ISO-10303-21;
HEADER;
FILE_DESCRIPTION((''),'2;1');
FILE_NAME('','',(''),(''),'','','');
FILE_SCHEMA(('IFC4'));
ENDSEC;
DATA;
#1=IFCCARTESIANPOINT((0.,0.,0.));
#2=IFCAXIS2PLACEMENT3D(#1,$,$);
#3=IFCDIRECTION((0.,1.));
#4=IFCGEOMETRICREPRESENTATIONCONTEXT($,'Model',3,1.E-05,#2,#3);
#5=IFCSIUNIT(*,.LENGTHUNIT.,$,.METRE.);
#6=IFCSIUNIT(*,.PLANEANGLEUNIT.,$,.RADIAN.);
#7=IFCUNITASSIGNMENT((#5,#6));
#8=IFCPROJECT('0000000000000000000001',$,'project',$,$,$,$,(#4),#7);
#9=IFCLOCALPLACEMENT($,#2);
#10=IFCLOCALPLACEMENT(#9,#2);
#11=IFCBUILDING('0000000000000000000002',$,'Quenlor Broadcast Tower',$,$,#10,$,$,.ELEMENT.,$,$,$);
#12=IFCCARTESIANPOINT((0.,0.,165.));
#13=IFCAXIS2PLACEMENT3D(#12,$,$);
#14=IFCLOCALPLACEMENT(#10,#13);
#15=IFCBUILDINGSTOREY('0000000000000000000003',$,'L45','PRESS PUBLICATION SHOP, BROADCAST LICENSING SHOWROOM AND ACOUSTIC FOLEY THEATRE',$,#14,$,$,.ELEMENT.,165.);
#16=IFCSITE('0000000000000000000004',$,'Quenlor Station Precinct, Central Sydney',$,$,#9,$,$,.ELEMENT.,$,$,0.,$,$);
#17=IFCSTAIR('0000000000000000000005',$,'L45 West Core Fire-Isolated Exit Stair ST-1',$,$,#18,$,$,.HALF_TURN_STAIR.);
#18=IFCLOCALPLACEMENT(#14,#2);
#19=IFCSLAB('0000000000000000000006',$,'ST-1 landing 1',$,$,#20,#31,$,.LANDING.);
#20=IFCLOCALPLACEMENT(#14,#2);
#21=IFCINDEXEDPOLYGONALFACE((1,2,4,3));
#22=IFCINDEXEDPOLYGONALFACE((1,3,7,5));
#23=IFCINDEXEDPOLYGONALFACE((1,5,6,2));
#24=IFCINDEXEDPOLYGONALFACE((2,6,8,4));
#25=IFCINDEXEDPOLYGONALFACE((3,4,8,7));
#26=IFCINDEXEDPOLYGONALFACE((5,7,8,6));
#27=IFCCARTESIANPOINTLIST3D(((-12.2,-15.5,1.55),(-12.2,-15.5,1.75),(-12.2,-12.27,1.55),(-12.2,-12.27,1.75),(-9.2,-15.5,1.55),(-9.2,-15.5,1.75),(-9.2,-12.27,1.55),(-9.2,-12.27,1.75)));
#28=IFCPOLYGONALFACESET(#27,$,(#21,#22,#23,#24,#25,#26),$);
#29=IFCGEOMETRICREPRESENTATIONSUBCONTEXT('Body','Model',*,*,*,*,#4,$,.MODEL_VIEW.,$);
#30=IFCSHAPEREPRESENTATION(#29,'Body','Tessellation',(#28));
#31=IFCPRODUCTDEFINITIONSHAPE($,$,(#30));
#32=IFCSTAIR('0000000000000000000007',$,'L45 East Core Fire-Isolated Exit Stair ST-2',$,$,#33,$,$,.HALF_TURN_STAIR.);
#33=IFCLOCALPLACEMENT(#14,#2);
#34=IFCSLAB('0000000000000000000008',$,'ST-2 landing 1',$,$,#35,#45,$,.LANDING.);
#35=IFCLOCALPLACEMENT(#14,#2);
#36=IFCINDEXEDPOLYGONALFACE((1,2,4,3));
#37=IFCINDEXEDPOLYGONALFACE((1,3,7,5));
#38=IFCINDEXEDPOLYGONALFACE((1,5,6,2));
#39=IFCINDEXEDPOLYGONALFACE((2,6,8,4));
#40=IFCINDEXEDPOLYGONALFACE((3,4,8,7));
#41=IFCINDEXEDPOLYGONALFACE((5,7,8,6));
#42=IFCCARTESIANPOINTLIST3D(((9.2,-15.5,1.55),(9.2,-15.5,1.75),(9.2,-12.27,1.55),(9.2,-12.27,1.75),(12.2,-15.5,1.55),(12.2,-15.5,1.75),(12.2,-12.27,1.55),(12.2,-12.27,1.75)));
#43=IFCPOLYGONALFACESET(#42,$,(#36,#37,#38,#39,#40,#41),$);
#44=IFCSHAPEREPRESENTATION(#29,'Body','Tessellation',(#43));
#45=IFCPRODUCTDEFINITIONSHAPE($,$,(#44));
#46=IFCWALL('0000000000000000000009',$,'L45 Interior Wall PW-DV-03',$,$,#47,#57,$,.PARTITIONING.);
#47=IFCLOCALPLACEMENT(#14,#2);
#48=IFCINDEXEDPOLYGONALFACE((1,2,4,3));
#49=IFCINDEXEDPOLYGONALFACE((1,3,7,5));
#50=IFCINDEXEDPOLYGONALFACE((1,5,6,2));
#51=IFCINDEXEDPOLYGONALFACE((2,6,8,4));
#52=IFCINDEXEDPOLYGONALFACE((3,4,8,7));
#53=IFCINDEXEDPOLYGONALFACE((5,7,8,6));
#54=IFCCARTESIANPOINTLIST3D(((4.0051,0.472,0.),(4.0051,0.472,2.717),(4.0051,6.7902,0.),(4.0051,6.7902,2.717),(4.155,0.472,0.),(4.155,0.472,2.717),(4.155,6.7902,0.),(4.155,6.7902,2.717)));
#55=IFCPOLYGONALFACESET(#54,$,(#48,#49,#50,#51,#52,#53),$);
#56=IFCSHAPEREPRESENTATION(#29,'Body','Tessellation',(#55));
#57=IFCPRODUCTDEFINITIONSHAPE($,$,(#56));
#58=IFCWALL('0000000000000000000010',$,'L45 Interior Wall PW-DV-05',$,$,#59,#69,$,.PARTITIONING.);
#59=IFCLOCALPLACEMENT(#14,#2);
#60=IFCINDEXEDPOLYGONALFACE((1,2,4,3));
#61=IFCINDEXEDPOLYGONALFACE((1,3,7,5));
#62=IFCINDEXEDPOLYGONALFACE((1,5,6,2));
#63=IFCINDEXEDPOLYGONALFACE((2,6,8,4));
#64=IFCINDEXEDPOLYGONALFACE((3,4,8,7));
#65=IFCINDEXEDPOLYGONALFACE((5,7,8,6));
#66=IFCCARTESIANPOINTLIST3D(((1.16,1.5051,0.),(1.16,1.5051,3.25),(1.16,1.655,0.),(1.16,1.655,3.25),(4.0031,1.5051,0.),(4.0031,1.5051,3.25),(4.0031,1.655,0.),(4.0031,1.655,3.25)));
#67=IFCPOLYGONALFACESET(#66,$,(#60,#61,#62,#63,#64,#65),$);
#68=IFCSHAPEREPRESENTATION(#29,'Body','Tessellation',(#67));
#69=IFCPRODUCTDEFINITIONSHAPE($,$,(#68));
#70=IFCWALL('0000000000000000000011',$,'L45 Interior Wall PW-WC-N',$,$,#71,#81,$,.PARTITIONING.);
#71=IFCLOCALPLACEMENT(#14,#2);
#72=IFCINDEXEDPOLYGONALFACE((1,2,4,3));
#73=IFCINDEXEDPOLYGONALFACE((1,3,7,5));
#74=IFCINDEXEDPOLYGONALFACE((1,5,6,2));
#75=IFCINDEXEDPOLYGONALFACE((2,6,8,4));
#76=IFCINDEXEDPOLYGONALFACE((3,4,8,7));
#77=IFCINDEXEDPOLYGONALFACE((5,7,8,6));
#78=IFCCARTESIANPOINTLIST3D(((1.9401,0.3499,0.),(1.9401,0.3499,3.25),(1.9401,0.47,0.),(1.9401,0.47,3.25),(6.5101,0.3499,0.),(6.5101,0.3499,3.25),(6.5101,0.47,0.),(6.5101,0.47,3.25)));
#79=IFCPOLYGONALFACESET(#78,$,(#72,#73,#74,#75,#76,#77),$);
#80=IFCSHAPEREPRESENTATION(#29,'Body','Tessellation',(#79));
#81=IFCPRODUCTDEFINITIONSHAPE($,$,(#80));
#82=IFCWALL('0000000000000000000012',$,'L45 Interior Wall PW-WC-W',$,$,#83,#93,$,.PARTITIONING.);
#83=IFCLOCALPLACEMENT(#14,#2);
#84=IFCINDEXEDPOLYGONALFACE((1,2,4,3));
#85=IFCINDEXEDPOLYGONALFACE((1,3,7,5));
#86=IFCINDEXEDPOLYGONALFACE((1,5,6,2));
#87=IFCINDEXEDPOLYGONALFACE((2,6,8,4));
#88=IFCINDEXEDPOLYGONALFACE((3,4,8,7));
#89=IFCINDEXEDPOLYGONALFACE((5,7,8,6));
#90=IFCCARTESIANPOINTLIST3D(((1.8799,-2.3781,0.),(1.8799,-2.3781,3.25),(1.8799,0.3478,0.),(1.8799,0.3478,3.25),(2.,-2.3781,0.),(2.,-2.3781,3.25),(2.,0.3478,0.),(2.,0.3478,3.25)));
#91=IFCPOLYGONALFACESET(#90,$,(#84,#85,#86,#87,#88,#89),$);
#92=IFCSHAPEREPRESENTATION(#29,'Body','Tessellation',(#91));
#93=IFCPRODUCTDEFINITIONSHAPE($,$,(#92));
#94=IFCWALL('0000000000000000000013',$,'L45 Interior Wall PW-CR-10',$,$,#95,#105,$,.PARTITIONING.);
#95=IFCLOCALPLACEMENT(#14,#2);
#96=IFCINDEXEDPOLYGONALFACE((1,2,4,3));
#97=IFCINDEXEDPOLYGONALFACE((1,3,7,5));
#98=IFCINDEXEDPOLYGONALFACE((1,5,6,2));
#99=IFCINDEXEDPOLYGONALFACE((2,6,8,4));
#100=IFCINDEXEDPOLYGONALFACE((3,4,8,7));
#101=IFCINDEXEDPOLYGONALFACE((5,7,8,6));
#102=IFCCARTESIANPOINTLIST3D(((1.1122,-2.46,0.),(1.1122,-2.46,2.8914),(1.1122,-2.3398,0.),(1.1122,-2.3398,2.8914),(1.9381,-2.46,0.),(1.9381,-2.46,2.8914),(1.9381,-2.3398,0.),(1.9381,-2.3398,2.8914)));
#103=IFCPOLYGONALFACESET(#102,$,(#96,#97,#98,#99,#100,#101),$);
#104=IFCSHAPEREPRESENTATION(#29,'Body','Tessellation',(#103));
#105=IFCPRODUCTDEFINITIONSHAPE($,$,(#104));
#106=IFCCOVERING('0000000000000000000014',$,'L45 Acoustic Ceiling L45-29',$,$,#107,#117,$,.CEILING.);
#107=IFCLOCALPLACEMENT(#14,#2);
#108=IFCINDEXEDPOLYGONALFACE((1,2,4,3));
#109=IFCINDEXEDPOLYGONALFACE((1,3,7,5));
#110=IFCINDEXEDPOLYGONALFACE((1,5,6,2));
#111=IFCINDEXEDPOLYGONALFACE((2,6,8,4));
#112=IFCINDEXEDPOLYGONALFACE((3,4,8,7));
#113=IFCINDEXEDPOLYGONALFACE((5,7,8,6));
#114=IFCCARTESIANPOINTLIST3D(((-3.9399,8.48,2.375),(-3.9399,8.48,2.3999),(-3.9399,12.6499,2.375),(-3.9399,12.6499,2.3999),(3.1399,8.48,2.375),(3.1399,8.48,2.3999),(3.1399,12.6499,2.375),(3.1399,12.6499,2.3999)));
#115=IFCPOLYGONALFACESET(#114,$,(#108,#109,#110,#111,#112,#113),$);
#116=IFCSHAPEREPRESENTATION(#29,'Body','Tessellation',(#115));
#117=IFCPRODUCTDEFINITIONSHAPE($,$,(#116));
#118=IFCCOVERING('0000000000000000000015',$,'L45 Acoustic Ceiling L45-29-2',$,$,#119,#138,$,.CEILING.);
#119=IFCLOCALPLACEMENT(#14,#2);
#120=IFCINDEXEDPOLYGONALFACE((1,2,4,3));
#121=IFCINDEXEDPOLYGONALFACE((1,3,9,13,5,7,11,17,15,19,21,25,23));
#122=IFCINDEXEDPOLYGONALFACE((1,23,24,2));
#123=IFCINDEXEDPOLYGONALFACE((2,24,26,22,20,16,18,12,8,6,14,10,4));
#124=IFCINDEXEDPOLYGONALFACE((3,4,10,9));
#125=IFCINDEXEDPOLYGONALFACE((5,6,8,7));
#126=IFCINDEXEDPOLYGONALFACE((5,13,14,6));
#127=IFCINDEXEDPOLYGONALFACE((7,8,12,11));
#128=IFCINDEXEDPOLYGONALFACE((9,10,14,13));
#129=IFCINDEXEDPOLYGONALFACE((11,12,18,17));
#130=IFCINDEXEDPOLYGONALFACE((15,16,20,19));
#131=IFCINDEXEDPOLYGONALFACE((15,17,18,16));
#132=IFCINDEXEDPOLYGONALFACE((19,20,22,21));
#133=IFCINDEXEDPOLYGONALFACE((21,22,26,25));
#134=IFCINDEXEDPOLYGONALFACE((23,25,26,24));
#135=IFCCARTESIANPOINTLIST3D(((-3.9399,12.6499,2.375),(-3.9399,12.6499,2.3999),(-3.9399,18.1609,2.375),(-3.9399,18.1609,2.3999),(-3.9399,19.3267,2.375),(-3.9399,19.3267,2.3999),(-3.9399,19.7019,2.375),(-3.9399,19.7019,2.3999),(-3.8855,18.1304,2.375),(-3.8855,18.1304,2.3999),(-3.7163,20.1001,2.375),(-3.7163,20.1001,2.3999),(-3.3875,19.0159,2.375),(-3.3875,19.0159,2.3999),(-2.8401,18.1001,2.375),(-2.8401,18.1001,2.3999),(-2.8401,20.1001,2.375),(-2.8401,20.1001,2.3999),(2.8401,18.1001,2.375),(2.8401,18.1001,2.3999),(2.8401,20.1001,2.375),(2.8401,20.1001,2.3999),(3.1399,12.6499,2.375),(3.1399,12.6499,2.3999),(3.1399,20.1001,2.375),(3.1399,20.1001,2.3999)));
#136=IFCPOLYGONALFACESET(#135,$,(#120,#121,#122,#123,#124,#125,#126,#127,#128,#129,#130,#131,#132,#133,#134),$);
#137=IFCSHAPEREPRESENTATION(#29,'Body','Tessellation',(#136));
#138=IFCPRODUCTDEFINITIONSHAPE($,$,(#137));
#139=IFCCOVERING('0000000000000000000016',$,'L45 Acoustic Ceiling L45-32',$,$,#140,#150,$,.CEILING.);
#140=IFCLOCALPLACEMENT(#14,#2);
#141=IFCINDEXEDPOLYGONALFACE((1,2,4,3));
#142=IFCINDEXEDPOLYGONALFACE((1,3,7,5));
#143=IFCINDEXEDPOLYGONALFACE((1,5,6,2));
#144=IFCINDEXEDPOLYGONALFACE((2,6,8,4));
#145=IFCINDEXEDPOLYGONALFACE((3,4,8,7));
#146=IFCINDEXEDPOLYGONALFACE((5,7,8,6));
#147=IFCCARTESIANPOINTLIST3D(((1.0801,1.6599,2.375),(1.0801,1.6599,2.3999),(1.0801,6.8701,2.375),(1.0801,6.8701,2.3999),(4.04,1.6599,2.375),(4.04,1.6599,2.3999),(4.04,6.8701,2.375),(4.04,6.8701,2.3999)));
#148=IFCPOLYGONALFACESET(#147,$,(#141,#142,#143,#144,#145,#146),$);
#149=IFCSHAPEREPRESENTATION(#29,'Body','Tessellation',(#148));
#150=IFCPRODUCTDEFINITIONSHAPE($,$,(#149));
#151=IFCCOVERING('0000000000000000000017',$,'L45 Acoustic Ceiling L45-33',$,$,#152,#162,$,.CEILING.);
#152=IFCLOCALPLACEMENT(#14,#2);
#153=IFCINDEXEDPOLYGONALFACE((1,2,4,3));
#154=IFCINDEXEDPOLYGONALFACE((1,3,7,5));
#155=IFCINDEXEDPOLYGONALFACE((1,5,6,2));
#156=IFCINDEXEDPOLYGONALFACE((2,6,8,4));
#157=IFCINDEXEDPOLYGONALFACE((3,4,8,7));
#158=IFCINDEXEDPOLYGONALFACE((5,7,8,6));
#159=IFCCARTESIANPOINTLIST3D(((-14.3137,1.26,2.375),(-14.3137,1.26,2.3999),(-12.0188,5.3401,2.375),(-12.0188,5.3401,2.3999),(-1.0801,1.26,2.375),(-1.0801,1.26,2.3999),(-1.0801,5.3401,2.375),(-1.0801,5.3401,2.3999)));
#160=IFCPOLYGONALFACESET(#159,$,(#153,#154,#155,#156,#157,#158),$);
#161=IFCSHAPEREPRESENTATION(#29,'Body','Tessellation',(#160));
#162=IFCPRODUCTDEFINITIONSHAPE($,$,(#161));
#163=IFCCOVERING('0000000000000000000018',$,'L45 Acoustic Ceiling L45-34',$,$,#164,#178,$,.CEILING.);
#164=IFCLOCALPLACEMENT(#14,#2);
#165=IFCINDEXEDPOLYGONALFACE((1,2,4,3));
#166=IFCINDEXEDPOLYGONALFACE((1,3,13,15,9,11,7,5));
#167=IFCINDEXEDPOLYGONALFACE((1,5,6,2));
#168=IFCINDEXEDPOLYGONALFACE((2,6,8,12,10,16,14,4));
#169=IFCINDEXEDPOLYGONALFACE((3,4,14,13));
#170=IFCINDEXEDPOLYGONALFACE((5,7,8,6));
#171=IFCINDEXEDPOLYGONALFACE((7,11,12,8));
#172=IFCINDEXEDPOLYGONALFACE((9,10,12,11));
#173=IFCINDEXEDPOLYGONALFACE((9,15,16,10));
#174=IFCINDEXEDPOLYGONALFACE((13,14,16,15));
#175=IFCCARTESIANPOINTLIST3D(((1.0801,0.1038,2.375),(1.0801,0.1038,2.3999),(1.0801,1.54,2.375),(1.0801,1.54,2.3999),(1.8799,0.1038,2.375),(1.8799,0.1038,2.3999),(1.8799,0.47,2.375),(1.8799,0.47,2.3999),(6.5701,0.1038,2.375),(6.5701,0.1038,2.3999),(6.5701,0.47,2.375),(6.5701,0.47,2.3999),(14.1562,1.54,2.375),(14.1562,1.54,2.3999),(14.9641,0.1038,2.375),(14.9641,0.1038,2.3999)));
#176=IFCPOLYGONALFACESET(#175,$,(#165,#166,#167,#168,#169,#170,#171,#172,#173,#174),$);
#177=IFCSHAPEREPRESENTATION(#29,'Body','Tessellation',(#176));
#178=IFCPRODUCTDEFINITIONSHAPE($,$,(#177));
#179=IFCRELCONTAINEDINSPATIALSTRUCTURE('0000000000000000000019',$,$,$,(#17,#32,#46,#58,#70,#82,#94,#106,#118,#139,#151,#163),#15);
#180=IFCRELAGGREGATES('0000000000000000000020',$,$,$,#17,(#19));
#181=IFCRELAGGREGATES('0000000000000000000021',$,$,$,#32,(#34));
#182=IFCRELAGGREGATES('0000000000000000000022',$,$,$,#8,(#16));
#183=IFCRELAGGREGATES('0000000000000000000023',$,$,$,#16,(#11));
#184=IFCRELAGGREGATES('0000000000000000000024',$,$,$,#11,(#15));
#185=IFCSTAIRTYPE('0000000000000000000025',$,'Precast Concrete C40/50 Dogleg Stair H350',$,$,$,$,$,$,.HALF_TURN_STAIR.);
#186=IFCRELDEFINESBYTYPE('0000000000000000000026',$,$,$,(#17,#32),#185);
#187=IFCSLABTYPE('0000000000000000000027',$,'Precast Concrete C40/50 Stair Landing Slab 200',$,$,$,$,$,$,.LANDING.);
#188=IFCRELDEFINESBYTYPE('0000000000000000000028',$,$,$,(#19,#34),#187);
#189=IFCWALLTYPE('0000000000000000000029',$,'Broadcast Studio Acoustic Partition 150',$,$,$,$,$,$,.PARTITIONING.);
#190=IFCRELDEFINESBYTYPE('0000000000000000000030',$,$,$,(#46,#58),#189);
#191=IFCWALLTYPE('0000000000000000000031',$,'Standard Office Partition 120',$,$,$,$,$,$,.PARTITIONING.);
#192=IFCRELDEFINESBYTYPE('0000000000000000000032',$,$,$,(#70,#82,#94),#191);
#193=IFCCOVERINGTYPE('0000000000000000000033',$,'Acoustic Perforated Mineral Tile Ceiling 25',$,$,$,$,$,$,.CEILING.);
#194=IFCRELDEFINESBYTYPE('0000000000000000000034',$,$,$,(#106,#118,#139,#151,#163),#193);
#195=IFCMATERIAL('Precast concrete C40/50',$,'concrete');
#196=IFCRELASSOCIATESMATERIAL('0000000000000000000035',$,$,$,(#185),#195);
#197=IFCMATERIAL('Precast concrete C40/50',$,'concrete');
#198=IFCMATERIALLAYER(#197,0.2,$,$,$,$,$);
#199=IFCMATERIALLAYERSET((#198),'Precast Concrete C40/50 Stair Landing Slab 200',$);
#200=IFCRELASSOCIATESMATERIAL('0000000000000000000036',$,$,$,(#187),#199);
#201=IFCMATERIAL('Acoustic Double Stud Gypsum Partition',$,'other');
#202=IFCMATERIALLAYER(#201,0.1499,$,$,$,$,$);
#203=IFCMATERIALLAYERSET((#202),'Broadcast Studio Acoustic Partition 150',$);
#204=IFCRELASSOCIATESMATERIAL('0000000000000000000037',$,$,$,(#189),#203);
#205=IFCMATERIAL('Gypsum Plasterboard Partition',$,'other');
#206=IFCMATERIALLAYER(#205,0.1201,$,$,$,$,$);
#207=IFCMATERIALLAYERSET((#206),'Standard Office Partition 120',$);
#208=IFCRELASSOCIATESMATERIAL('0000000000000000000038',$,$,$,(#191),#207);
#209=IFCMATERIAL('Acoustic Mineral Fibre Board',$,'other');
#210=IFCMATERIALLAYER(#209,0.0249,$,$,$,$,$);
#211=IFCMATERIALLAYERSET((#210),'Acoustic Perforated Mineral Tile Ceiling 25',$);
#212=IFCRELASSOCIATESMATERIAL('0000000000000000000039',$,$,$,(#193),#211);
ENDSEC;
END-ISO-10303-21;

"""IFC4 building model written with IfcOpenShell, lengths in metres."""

from ifc_helpers import new_model, si_unit, direction, frame, frame_2d, origin, place, context, subcontext, project, spatial, polyline, rectangle, outline, extrude, material, layer, layer_set, type_object, element, aggregate, save


model = new_model("IFC4")

# Units and contexts
model_context = context("Model", 3, precision=1e-05, world=origin(), true_north=direction((0.0, 1.0)))
body_context = subcontext(model_context, "Body", "Model", "MODEL_VIEW")
ifc_project = project(units=[si_unit("LENGTHUNIT", "METRE"), si_unit("PLANEANGLEUNIT", "RADIAN")], contexts=[model_context])

# Site, building, storey
site_placement = place(None, origin())
site = spatial("IfcSite", under=ifc_project, at=site_placement, Name="Quenlor Station Precinct, Central Sydney", CompositionType="ELEMENT", RefElevation=0.0)
building_placement = place(site_placement, origin())
building = spatial("IfcBuilding", under=site, at=building_placement, Name="Quenlor Broadcast Tower", CompositionType="ELEMENT")
storey_placement = place(building_placement, frame((0.0, 0.0, 165.0)))
storey = spatial("IfcBuildingStorey", under=building, at=storey_placement, Name="L45", Description="PRESS PUBLICATION SHOP, BROADCAST LICENSING SHOWROOM AND ACOUSTIC FOLEY THEATRE", CompositionType="ELEMENT", Elevation=165.0)

# Stairs, slabs
ifc_material_1 = material(Name="Precast concrete C40/50", Category="concrete")
stair_type = type_object("IfcStairType", Name="Precast Concrete C40/50 Dogleg Stair H350", PredefinedType="HALF_TURN_STAIR", material=ifc_material_1)
stair_1_placement = place(storey_placement, origin())
stair_1 = element("IfcStair", 1, at=stair_1_placement, inside=storey, type_object=stair_type, Name="L45 West Core Fire-Isolated Exit Stair ST-1", PredefinedType="HALF_TURN_STAIR")
ifc_material_2 = material(Name="Precast concrete C40/50", Category="concrete")
ifc_layer_1 = layer(ifc_material_2, 0.2)
ifc_layer_set_1 = layer_set([ifc_layer_1], Name="Precast Concrete C40/50 Stair Landing Slab 200")
slab_type = type_object("IfcSlabType", Name="Precast Concrete C40/50 Stair Landing Slab 200", PredefinedType="LANDING", material=ifc_layer_set_1)
slab_1_placement = place(storey_placement, frame((0.0, 0.0, 1.55)))
slab_1 = element("IfcSlab", 2, at=slab_1_placement, type_object=slab_type, Name="ST-1 landing 1", PredefinedType="LANDING", context=body_context, shape_type="SweptSolid", body=[
    extrude(outline(polyline([(-12.2, -12.27), (-12.2, -15.5), (-9.2, -15.5), (-9.2, -12.27), (-12.2, -12.27)])), origin(), (0.0, 0.0, 1.0), 0.2),
])
aggregate(stair_1, [slab_1])
stair_2_placement = place(storey_placement, origin())
stair_2 = element("IfcStair", 3, at=stair_2_placement, inside=storey, type_object=stair_type, Name="L45 East Core Fire-Isolated Exit Stair ST-2", PredefinedType="HALF_TURN_STAIR")
slab_2_placement = place(storey_placement, frame((0.0, 0.0, 1.55)))
slab_2 = element("IfcSlab", 4, at=slab_2_placement, type_object=slab_type, Name="ST-2 landing 1", PredefinedType="LANDING", context=body_context, shape_type="SweptSolid", body=[
    extrude(outline(polyline([(9.2, -12.27), (9.2, -15.5), (12.2, -15.5), (12.2, -12.27), (9.2, -12.27)])), origin(), (0.0, 0.0, 1.0), 0.2),
])
aggregate(stair_2, [slab_2])

# Walls
ifc_material_3 = material(Name="Acoustic Double Stud Gypsum Partition", Category="other")
ifc_layer_2 = layer(ifc_material_3, 0.1499)
ifc_layer_set_2 = layer_set([ifc_layer_2], Name="Broadcast Studio Acoustic Partition 150")
wall_type_1 = type_object("IfcWallType", Name="Broadcast Studio Acoustic Partition 150", PredefinedType="PARTITIONING", material=ifc_layer_set_2)
wall_1_placement = place(storey_placement, frame((4.0801, 0.4719, 0.0), z_axis=(0.0, 0.0, 1.0), x_axis=(0.0, 1.0, 0.0)))
element("IfcWall", 5, at=wall_1_placement, inside=storey, type_object=wall_type_1, Name="L45 Interior Wall PW-DV-03", PredefinedType="PARTITIONING", context=body_context, shape_type="SweptSolid", body=[
    extrude(rectangle(XDim=6.3181, YDim=0.1499, at=frame_2d((3.1592, 0.0))), origin(), (0.0, 0.0, 1.0), 2.717),
])
wall_2_placement = place(storey_placement, frame((4.0029, 1.5801, 0.0), z_axis=(0.0, 0.0, 1.0), x_axis=(-1.0, 0.0, 0.0)))
element("IfcWall", 6, at=wall_2_placement, inside=storey, type_object=wall_type_1, Name="L45 Interior Wall PW-DV-05", PredefinedType="PARTITIONING", context=body_context, shape_type="SweptSolid", body=[
    extrude(rectangle(XDim=2.843, YDim=0.1499, at=frame_2d((1.4214, 0.0))), origin(), (0.0, 0.0, 1.0), 3.25),
])

# Shared definitions
ifc_material_4 = material(Name="Gypsum Plasterboard Partition", Category="other")
ifc_layer_3 = layer(ifc_material_4, 0.1201)
ifc_layer_set_3 = layer_set([ifc_layer_3], Name="Standard Office Partition 120")
wall_type_2 = type_object("IfcWallType", Name="Standard Office Partition 120", PredefinedType="PARTITIONING", material=ifc_layer_set_3)

# Walls
wall_3_placement = place(storey_placement, frame((1.9399, 0.4099, 0.0), z_axis=(0.0, 0.0, 1.0), x_axis=(1.0, 0.0, 0.0)))
element("IfcWall", 7, at=wall_3_placement, inside=storey, type_object=wall_type_2, Name="L45 Interior Wall PW-WC-N", PredefinedType="PARTITIONING", context=body_context, shape_type="SweptSolid", body=[
    extrude(rectangle(XDim=4.5701, YDim=0.1201, at=frame_2d((2.2852, 0.0))), origin(), (0.0, 0.0, 1.0), 3.25),
])
wall_4_placement = place(storey_placement, frame((1.9399, -2.3779, 0.0), z_axis=(0.0, 0.0, 1.0), x_axis=(0.0, 1.0, 0.0)))
element("IfcWall", 8, at=wall_4_placement, inside=storey, type_object=wall_type_2, Name="L45 Interior Wall PW-WC-W", PredefinedType="PARTITIONING", context=body_context, shape_type="SweptSolid", body=[
    extrude(rectangle(XDim=2.7258, YDim=0.1201, at=frame_2d((1.3628, 0.0))), origin(), (0.0, 0.0, 1.0), 3.25),
])
wall_5_placement = place(storey_placement, frame((1.1121, -2.3999, 0.0), z_axis=(0.0, 0.0, 1.0), x_axis=(1.0, 0.0, 0.0)))
element("IfcWall", 9, at=wall_5_placement, inside=storey, type_object=wall_type_2, Name="L45 Interior Wall PW-CR-10", PredefinedType="PARTITIONING", context=body_context, shape_type="SweptSolid", body=[
    extrude(rectangle(XDim=0.8259, YDim=0.1201, at=frame_2d((0.4131, 0.0))), origin(), (0.0, 0.0, 1.0), 2.8914),
])

# Coverings
ifc_material_5 = material(Name="Acoustic Mineral Fibre Board", Category="other")
ifc_layer_4 = layer(ifc_material_5, 0.0249)
ifc_layer_set_4 = layer_set([ifc_layer_4], Name="Acoustic Perforated Mineral Tile Ceiling 25")
covering_type_1 = type_object("IfcCoveringType", Name="Acoustic Perforated Mineral Tile Ceiling 25", PredefinedType="CEILING", material=ifc_layer_set_4)
covering_1_placement = place(storey_placement, frame((0.0, 0.0, 2.375)))
element("IfcCovering", 10, at=covering_1_placement, inside=storey, type_object=covering_type_1, Name="L45 Acoustic Ceiling L45-29", PredefinedType="CEILING", context=body_context, shape_type="SweptSolid", body=[
    extrude(outline(polyline([(3.1399, 8.48), (-3.9399, 8.48), (-3.9399, 12.6499), (3.1399, 12.6499), (3.1399, 8.48)])), origin(), (0.0, 0.0, 1.0), 0.0249),
])
covering_2_placement = place(storey_placement, frame((0.0, 0.0, 2.375)))
element("IfcCovering", 11, at=covering_2_placement, inside=storey, type_object=covering_type_1, Name="L45 Acoustic Ceiling L45-29-2", PredefinedType="CEILING", context=body_context, shape_type="SweptSolid", body=[
    extrude(outline(polyline([(2.8401, 18.1001), (2.8401, 20.1001), (3.1399, 20.1001), (3.1399, 12.6499), (-3.9399, 12.6499), (-3.9399, 18.1609), (-3.8855, 18.1304), (-3.3875, 19.0159), (-3.9399, 19.3267), (-3.9399, 19.7019), (-3.7163, 20.1001), (-2.8401, 20.1001), (-2.8401, 18.1001), (2.8401, 18.1001)])), origin(), (0.0, 0.0, 1.0), 0.0249),
])
covering_3_placement = place(storey_placement, frame((0.0, 0.0, 2.375)))
element("IfcCovering", 12, at=covering_3_placement, inside=storey, type_object=covering_type_1, Name="L45 Acoustic Ceiling L45-32", PredefinedType="CEILING", context=body_context, shape_type="SweptSolid", body=[
    extrude(outline(polyline([(4.04, 1.6599), (1.0801, 1.6599), (1.0801, 6.8701), (4.04, 6.8701), (4.04, 1.6599)])), origin(), (0.0, 0.0, 1.0), 0.0249),
])
covering_4_placement = place(storey_placement, frame((0.0, 0.0, 2.375)))
element("IfcCovering", 13, at=covering_4_placement, inside=storey, type_object=covering_type_1, Name="L45 Acoustic Ceiling L45-33", PredefinedType="CEILING", context=body_context, shape_type="SweptSolid", body=[
    extrude(outline(polyline([(-14.3137, 1.26), (-12.0188, 5.3401), (-1.0801, 5.3401), (-1.0801, 1.26), (-14.3137, 1.26)])), origin(), (0.0, 0.0, 1.0), 0.0249),
])
covering_5_placement = place(storey_placement, frame((0.0, 0.0, 2.375)))
element("IfcCovering", 14, at=covering_5_placement, inside=storey, type_object=covering_type_1, Name="L45 Acoustic Ceiling L45-34", PredefinedType="CEILING", context=body_context, shape_type="SweptSolid", body=[
    extrude(outline(polyline([(1.0801, 0.1038), (1.0801, 1.54), (14.1562, 1.54), (14.9641, 0.1038), (6.5701, 0.1038), (6.5701, 0.47), (1.8799, 0.47), (1.8799, 0.1038), (1.0801, 0.1038)])), origin(), (0.0, 0.0, 1.0), 0.0249),
])

save(model, "model.ifc")
